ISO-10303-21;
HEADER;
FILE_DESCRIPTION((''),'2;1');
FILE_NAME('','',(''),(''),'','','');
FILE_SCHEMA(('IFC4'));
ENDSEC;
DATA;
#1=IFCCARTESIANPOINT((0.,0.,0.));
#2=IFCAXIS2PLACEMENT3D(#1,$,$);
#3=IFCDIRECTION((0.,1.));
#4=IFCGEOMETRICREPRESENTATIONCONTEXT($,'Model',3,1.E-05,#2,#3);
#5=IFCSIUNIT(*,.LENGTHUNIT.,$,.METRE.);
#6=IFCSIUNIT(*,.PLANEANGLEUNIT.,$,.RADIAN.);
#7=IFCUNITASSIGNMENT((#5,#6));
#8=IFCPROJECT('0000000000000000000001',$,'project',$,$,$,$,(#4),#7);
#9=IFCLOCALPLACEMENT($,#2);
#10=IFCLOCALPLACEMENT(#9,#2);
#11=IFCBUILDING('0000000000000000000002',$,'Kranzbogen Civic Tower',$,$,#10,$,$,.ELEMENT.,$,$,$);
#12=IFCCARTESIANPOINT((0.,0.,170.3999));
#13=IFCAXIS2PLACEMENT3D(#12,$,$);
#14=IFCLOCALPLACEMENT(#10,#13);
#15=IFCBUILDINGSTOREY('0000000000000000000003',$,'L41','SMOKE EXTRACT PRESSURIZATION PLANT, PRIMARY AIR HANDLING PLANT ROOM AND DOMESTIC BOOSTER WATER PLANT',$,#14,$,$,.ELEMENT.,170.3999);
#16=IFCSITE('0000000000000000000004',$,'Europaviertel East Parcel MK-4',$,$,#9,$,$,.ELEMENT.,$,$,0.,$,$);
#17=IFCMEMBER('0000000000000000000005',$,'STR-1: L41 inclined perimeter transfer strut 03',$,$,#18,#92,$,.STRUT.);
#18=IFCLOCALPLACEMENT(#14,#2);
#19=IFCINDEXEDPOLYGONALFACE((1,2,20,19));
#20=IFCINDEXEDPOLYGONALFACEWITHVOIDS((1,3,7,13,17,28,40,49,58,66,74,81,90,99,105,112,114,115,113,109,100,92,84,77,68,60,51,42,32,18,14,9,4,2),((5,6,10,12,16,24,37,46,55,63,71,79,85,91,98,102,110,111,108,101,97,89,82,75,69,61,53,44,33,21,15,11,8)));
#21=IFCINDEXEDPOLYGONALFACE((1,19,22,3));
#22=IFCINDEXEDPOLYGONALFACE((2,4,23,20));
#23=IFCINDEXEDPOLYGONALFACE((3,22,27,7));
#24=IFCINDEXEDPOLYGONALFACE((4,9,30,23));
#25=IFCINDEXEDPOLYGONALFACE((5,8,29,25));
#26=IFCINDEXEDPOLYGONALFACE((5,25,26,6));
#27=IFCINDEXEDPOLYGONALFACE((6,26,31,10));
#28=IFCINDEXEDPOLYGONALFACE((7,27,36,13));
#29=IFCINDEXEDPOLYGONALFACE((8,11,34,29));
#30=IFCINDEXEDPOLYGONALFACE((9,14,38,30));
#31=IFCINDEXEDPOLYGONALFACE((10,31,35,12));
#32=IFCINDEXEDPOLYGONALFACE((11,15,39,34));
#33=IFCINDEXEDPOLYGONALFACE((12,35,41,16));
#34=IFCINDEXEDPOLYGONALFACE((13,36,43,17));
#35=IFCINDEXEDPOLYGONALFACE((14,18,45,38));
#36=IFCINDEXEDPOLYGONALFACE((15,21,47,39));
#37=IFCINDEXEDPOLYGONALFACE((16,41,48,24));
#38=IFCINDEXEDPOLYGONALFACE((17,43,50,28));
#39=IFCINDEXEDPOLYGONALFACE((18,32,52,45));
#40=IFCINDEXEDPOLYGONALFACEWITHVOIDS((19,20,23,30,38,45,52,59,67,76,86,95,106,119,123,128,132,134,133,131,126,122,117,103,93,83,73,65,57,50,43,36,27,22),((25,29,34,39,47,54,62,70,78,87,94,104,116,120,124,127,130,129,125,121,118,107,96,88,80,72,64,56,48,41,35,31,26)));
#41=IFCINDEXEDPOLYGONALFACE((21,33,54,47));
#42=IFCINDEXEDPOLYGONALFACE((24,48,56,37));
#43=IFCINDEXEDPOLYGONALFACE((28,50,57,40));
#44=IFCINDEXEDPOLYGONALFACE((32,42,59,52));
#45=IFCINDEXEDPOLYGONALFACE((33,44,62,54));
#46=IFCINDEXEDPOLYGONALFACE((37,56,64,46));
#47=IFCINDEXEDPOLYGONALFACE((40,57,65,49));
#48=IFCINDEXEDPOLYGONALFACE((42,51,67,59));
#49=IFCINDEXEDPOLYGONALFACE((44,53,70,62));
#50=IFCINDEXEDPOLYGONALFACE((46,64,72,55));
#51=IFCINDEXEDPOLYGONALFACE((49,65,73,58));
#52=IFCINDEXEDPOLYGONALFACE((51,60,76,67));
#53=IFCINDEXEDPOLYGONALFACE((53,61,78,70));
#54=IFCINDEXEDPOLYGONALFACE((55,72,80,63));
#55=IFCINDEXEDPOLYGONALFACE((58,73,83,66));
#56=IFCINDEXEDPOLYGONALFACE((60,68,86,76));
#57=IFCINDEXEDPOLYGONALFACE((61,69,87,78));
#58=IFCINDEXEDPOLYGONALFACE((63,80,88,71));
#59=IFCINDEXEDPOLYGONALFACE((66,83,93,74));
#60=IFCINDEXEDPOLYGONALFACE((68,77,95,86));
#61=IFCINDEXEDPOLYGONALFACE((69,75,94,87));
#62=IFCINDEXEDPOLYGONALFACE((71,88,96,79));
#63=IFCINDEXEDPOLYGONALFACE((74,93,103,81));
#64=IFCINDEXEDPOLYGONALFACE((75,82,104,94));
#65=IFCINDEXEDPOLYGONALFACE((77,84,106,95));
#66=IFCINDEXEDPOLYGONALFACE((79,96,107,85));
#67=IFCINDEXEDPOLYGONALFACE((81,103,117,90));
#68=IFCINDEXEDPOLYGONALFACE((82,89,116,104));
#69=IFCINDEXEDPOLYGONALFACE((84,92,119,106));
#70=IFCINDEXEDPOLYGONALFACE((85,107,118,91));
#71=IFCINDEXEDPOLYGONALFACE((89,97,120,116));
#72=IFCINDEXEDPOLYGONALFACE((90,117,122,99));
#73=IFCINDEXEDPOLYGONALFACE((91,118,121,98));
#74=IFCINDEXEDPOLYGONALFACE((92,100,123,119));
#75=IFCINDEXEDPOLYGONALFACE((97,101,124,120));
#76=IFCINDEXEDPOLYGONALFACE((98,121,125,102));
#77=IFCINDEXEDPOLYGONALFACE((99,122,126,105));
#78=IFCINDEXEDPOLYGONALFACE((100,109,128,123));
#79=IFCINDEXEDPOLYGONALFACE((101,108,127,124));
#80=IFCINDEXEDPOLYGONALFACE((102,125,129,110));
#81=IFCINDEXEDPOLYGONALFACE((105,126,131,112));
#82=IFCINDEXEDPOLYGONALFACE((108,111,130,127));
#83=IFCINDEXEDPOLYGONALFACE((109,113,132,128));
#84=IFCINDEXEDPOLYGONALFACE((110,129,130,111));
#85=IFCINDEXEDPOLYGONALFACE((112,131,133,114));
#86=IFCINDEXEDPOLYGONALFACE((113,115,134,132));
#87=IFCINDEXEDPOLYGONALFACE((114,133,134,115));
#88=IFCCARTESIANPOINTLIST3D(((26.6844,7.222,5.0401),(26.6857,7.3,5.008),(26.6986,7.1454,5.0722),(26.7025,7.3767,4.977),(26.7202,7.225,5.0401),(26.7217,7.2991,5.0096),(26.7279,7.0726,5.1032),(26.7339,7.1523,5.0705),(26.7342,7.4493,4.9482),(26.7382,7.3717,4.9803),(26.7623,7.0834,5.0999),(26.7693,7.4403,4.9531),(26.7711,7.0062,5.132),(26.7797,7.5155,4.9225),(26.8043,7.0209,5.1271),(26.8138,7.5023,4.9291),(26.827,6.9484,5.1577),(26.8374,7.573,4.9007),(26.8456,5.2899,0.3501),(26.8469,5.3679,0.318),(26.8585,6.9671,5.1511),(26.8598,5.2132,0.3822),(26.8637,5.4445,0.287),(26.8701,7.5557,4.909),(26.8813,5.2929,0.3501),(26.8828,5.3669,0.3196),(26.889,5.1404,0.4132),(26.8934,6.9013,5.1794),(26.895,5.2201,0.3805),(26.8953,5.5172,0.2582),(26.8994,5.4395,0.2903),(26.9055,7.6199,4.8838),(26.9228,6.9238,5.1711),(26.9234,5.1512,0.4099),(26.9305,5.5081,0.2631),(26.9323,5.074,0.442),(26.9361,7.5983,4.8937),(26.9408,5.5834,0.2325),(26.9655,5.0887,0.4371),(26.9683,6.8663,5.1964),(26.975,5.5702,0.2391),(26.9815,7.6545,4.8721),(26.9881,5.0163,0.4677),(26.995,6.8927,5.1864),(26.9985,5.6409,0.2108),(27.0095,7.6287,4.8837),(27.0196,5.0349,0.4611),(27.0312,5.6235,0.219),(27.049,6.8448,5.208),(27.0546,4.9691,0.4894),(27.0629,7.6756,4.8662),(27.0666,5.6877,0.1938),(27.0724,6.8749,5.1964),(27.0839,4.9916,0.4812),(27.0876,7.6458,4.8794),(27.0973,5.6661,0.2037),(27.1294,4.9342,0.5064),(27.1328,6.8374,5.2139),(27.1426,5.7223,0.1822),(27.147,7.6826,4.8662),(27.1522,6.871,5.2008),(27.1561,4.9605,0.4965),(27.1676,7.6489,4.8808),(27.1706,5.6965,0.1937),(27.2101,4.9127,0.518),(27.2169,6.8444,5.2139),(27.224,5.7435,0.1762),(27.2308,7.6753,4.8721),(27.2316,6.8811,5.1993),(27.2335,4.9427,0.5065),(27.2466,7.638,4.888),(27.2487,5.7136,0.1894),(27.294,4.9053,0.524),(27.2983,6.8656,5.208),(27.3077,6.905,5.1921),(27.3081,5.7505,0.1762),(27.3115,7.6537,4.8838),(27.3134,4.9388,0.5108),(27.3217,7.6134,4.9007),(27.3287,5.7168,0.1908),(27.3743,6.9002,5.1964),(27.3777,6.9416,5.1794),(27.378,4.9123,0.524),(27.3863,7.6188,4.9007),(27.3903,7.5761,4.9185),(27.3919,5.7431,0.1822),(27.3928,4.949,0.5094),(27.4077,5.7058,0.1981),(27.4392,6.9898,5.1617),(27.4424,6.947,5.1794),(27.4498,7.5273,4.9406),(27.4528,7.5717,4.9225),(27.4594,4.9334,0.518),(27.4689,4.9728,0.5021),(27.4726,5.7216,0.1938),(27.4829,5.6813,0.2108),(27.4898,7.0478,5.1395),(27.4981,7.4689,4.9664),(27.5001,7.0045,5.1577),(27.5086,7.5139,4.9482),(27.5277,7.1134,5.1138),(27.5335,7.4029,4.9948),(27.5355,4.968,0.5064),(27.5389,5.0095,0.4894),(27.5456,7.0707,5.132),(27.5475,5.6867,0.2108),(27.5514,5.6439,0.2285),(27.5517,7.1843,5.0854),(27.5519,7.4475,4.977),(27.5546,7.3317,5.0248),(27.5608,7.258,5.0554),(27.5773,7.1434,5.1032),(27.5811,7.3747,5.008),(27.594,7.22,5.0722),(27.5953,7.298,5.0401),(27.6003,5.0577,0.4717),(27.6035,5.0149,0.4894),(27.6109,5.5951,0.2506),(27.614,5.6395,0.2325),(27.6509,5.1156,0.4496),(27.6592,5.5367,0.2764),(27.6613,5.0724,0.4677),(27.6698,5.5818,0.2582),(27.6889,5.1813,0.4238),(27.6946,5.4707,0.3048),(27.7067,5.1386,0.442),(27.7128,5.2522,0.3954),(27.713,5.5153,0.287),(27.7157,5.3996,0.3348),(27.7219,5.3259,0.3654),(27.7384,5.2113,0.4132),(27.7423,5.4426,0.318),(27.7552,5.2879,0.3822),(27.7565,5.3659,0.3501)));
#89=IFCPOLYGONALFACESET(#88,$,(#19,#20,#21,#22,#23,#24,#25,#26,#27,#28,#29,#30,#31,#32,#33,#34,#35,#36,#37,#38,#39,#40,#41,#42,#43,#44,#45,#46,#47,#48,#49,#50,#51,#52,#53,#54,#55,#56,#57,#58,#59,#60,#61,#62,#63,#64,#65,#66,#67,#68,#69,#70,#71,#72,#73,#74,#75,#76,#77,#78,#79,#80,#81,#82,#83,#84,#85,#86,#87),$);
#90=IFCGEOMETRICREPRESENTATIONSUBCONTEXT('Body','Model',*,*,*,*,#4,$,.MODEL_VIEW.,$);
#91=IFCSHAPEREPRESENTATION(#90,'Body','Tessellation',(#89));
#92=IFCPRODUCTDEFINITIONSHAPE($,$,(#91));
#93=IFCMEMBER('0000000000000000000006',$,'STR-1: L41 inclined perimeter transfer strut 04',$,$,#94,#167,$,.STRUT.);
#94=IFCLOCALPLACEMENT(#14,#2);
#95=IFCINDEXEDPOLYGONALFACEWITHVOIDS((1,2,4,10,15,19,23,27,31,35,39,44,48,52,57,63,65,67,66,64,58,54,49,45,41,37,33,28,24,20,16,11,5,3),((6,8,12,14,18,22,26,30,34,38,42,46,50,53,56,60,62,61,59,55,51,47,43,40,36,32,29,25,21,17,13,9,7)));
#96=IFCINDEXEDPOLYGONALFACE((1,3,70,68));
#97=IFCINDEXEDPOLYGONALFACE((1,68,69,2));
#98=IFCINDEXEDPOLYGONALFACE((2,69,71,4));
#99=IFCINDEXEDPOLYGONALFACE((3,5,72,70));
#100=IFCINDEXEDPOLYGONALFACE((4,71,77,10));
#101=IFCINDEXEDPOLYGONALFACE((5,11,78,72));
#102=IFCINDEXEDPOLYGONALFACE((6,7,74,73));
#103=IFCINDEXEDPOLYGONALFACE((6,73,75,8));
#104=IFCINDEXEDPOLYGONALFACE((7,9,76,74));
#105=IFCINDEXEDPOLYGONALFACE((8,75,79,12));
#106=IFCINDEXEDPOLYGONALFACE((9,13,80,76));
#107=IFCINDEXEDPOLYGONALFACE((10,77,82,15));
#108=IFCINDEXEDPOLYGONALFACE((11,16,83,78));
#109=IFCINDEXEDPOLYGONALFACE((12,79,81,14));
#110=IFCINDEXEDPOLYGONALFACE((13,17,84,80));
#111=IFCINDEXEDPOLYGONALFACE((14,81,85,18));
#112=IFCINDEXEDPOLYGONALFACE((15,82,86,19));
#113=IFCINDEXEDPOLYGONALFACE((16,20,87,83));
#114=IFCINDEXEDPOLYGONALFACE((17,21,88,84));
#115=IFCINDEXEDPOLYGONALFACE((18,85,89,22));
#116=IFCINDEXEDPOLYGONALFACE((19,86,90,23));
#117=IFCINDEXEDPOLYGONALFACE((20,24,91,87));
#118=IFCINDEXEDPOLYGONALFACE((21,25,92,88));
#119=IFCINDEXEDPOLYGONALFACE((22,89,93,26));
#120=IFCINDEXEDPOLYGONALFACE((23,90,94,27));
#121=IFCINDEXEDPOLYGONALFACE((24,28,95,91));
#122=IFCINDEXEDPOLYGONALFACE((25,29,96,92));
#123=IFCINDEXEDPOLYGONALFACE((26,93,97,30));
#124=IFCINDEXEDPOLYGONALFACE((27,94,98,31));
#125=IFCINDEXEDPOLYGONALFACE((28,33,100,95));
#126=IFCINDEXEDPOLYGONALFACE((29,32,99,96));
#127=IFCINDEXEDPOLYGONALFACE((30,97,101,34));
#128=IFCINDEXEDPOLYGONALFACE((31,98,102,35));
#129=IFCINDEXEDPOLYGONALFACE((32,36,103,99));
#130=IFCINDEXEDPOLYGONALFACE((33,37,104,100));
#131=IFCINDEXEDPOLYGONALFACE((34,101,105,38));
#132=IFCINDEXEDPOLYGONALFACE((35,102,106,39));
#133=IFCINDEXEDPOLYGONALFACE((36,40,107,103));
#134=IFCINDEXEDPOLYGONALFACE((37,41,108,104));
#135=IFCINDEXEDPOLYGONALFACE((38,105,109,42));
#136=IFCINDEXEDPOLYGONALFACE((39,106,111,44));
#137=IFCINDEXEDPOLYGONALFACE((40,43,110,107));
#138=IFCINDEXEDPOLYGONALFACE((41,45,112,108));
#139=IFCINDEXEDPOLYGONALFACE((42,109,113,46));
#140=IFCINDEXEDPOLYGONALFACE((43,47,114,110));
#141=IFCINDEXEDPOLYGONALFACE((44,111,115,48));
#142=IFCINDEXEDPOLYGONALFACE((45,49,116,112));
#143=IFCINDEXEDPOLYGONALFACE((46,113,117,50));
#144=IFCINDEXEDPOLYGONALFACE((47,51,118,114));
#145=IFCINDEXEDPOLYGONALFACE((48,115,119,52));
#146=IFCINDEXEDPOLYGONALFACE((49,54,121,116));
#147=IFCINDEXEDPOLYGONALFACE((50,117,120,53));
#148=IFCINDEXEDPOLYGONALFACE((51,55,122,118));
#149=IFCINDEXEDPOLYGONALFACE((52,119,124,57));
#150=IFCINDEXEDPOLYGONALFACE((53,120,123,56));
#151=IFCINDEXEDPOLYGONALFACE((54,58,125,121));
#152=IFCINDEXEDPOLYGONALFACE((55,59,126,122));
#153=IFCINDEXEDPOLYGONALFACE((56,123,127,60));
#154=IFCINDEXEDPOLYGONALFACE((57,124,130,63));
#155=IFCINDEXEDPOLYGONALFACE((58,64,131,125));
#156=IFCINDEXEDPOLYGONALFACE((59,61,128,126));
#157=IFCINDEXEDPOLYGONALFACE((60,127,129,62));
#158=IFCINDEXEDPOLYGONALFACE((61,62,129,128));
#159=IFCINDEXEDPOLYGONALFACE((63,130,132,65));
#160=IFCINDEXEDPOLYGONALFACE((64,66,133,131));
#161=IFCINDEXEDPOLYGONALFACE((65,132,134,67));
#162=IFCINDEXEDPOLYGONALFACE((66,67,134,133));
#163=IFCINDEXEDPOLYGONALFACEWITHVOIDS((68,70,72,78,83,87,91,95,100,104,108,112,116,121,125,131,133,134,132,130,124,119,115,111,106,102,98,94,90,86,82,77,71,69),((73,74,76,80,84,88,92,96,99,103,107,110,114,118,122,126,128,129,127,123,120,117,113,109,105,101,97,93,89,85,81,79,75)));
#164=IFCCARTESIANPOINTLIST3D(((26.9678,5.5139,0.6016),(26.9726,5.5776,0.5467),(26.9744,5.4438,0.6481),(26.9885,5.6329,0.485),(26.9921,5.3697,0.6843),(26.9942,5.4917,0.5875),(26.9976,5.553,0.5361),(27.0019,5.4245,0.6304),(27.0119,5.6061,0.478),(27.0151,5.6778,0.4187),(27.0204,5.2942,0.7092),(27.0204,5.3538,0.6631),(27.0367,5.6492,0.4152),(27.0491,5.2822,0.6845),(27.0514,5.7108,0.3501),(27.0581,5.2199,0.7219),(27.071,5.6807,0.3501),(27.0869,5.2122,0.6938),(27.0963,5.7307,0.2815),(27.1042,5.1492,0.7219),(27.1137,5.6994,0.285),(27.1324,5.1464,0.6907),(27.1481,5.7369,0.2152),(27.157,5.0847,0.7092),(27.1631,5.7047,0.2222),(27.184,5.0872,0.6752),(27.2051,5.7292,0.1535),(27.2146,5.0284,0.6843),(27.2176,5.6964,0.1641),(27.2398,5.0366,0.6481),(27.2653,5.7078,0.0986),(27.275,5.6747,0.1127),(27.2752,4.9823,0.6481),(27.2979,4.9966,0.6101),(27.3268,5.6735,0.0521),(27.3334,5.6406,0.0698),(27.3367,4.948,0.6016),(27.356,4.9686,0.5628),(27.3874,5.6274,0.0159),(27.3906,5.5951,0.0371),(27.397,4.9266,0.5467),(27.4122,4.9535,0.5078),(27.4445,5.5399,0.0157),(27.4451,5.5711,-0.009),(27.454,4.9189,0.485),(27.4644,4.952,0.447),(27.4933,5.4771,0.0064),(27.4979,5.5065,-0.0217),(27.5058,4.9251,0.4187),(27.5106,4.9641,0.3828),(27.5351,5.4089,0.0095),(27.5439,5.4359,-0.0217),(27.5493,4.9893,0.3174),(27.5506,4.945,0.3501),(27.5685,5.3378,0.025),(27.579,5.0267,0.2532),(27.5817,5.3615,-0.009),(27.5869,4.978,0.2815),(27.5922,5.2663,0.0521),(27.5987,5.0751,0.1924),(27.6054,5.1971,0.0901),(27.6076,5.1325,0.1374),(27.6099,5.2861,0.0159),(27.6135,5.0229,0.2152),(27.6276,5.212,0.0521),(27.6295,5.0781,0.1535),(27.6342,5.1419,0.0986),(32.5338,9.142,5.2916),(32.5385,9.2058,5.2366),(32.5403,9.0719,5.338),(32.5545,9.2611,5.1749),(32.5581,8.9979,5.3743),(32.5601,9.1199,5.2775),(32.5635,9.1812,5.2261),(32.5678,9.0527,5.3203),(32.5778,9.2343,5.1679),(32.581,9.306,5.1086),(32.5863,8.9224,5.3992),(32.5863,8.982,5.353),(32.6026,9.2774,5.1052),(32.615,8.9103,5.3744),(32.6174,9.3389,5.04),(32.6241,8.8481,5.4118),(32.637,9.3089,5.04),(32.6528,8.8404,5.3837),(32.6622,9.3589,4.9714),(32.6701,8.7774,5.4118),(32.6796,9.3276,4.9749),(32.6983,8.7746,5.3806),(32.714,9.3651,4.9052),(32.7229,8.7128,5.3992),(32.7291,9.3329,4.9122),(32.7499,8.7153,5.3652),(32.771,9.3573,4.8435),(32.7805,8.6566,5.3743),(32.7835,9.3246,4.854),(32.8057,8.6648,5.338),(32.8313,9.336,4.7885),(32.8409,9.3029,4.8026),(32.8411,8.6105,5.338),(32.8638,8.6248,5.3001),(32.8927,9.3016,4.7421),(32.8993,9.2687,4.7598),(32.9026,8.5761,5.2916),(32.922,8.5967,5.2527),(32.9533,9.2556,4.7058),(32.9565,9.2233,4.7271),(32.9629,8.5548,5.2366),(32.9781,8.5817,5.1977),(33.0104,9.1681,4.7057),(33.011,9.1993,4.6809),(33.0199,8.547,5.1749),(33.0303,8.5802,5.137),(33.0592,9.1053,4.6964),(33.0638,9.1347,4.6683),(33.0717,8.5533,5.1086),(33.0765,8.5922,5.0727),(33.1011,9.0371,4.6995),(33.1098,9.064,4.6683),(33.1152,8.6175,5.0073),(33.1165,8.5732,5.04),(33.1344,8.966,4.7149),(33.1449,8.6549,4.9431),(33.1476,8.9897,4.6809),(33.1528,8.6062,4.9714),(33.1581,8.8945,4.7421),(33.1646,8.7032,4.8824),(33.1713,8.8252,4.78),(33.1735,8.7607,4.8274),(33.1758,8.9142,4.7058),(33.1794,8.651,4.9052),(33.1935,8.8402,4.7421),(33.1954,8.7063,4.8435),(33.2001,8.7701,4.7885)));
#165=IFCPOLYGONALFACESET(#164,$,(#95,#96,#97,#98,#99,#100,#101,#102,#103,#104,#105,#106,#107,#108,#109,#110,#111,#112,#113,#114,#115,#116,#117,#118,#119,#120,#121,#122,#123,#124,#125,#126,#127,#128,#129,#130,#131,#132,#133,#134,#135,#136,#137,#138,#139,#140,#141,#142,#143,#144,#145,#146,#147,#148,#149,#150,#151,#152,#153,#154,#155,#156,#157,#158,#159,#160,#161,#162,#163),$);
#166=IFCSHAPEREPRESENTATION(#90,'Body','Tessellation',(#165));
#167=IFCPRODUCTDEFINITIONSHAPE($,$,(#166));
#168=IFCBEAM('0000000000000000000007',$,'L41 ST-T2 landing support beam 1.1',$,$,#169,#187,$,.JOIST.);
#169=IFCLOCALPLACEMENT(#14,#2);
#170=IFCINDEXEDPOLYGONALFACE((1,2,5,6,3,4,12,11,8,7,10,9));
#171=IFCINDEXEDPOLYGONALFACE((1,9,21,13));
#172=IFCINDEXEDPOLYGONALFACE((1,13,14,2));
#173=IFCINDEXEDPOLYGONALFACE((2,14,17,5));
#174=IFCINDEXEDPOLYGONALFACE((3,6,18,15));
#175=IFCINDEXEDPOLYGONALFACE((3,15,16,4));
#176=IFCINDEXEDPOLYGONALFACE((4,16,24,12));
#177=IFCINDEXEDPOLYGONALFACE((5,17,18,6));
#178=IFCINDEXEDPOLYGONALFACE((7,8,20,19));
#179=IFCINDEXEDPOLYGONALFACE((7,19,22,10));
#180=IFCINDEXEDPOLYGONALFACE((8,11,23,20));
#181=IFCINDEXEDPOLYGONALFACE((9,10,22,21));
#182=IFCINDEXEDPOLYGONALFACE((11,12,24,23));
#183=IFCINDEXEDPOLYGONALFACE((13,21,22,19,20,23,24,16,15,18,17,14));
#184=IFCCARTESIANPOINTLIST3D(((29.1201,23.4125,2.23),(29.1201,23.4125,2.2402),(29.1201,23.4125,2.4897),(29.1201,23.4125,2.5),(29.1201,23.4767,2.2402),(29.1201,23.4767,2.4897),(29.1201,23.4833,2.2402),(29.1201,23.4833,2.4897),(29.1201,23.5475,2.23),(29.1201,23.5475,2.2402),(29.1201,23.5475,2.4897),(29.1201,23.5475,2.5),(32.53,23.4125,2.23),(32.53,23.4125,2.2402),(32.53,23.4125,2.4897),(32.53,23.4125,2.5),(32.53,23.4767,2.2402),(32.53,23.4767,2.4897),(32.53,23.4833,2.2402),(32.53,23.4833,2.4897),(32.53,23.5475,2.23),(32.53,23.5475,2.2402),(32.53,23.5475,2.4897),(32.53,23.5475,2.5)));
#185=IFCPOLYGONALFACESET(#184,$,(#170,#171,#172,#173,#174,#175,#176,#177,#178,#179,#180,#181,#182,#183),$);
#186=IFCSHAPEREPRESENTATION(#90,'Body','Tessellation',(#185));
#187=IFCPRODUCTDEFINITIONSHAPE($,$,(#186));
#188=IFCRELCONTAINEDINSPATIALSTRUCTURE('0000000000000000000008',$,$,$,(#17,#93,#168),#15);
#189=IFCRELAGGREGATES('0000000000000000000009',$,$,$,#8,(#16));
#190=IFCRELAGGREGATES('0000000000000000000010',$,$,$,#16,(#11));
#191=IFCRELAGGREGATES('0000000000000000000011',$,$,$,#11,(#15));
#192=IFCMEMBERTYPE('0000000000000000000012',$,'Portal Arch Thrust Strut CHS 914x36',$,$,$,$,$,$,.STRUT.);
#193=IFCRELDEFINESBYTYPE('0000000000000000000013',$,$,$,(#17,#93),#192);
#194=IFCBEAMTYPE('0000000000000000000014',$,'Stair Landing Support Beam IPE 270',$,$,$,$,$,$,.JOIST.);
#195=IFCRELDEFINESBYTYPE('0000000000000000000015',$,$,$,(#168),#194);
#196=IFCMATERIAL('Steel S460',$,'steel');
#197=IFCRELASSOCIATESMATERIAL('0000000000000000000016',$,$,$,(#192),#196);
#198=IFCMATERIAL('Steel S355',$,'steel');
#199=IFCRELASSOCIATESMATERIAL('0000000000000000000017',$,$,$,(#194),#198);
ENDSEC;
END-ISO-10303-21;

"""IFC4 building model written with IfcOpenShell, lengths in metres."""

from ifc_helpers import new_model, si_unit, direction, frame, origin, origin_2d, place, context, subcontext, project, spatial, hollow_circle, i_section, extrude, material, material_profile, profile_set, type_object, element, save


model = new_model("IFC4")

# Units and contexts
model_context = context("Model", 3, precision=1e-05, world=origin(), true_north=direction((0.0, 1.0)))
body_context = subcontext(model_context, "Body", "Model", "MODEL_VIEW")
ifc_project = project(units=[si_unit("LENGTHUNIT", "METRE"), si_unit("PLANEANGLEUNIT", "RADIAN")], contexts=[model_context])

# Site, building, storey
site_placement = place(None, origin())
site = spatial("IfcSite", under=ifc_project, at=site_placement, Name="Europaviertel East Parcel MK-4", CompositionType="ELEMENT", RefElevation=0.0)
building_placement = place(site_placement, origin())
building = spatial("IfcBuilding", under=site, at=building_placement, Name="Kranzbogen Civic Tower", CompositionType="ELEMENT")
storey_placement = place(building_placement, frame((0.0, 0.0, 170.3999)))
storey = spatial("IfcBuildingStorey", under=building, at=storey_placement, Name="L41", Description="SMOKE EXTRACT PRESSURIZATION PLANT, PRIMARY AIR HANDLING PLANT ROOM AND DOMESTIC BOOSTER WATER PLANT", CompositionType="ELEMENT", Elevation=170.3999)

# Shared definitions
ifc_material_1 = material(Name="Steel S355", Category="steel")
ifc_material_2 = material(Name="Steel S460", Category="steel")

# Members
ifc_material_profile_1 = material_profile(ifc_material_2, hollow_circle(Radius=0.457, WallThickness=0.0359, at=origin_2d()), Name="CHS 914x36")
ifc_profile_set_1 = profile_set([ifc_material_profile_1], Name="Steel S460")
member_type_1 = type_object("IfcMemberType", Name="Portal Arch Thrust Strut CHS 914x36", PredefinedType="STRUT", material=ifc_profile_set_1)
member_1_placement = place(storey_placement, frame((27.301, 5.3279, 0.3501), z_axis=(-0.031751, 0.380722, 0.924144), x_axis=(-0.996541, -0.083108, 0.0)))
element("IfcMember", 1, at=member_1_placement, inside=storey, type_object=member_type_1, Name="STR-1: L41 inclined perimeter transfer strut 03", PredefinedType="STRUT", context=body_context, shape_type="SweptSolid", body=[
    extrude(hollow_circle(Radius=0.457, WallThickness=0.0359, at=origin_2d()), origin(), (0.0, 0.0, 1.0), 5.075),
])
member_2_placement = place(storey_placement, frame((27.301, 5.3279, 0.3501), z_axis=(0.684399, 0.446129, 0.576687), x_axis=(-0.546081, 0.837733, 0.0)))
element("IfcMember", 2, at=member_2_placement, inside=storey, type_object=member_type_1, Name="STR-1: L41 inclined perimeter transfer strut 04", PredefinedType="STRUT", context=body_context, shape_type="SweptSolid", body=[
    extrude(hollow_circle(Radius=0.457, WallThickness=0.0359, at=origin_2d()), origin(), (0.0, 0.0, 1.0), 8.1326),
])

# Beam
ifc_material_profile_2 = material_profile(ifc_material_1, i_section(OverallWidth=0.135, OverallDepth=0.27, WebThickness=0.0066, FlangeThickness=0.0103, at=origin_2d()), Name="IPE 270")
ifc_profile_set_2 = profile_set([ifc_material_profile_2], Name="Steel S355")
beam_type_1 = type_object("IfcBeamType", Name="Stair Landing Support Beam IPE 270", PredefinedType="JOIST", material=ifc_profile_set_2)
for number, where, z_axis, x_axis, name in (
    (3, (29.1201, 23.48, 2.365), (1.0, 0.0, 0.0), (0.0, 1.0, 0.0), "L41 ST-T2 landing support beam 1.1"),
):
    element("IfcBeam", number, at=place(storey_placement, frame(where, z_axis=z_axis, x_axis=x_axis)), inside=storey, type_object=beam_type_1, Name=name, PredefinedType="JOIST", context=body_context, shape_type="SweptSolid", body=[
        extrude(i_section(OverallWidth=0.135, OverallDepth=0.27, WebThickness=0.0066, FlangeThickness=0.0103, at=origin_2d()), origin(), (0.0, 0.0, 1.0), 3.4099),
    ])

save(model, "model.ifc")
